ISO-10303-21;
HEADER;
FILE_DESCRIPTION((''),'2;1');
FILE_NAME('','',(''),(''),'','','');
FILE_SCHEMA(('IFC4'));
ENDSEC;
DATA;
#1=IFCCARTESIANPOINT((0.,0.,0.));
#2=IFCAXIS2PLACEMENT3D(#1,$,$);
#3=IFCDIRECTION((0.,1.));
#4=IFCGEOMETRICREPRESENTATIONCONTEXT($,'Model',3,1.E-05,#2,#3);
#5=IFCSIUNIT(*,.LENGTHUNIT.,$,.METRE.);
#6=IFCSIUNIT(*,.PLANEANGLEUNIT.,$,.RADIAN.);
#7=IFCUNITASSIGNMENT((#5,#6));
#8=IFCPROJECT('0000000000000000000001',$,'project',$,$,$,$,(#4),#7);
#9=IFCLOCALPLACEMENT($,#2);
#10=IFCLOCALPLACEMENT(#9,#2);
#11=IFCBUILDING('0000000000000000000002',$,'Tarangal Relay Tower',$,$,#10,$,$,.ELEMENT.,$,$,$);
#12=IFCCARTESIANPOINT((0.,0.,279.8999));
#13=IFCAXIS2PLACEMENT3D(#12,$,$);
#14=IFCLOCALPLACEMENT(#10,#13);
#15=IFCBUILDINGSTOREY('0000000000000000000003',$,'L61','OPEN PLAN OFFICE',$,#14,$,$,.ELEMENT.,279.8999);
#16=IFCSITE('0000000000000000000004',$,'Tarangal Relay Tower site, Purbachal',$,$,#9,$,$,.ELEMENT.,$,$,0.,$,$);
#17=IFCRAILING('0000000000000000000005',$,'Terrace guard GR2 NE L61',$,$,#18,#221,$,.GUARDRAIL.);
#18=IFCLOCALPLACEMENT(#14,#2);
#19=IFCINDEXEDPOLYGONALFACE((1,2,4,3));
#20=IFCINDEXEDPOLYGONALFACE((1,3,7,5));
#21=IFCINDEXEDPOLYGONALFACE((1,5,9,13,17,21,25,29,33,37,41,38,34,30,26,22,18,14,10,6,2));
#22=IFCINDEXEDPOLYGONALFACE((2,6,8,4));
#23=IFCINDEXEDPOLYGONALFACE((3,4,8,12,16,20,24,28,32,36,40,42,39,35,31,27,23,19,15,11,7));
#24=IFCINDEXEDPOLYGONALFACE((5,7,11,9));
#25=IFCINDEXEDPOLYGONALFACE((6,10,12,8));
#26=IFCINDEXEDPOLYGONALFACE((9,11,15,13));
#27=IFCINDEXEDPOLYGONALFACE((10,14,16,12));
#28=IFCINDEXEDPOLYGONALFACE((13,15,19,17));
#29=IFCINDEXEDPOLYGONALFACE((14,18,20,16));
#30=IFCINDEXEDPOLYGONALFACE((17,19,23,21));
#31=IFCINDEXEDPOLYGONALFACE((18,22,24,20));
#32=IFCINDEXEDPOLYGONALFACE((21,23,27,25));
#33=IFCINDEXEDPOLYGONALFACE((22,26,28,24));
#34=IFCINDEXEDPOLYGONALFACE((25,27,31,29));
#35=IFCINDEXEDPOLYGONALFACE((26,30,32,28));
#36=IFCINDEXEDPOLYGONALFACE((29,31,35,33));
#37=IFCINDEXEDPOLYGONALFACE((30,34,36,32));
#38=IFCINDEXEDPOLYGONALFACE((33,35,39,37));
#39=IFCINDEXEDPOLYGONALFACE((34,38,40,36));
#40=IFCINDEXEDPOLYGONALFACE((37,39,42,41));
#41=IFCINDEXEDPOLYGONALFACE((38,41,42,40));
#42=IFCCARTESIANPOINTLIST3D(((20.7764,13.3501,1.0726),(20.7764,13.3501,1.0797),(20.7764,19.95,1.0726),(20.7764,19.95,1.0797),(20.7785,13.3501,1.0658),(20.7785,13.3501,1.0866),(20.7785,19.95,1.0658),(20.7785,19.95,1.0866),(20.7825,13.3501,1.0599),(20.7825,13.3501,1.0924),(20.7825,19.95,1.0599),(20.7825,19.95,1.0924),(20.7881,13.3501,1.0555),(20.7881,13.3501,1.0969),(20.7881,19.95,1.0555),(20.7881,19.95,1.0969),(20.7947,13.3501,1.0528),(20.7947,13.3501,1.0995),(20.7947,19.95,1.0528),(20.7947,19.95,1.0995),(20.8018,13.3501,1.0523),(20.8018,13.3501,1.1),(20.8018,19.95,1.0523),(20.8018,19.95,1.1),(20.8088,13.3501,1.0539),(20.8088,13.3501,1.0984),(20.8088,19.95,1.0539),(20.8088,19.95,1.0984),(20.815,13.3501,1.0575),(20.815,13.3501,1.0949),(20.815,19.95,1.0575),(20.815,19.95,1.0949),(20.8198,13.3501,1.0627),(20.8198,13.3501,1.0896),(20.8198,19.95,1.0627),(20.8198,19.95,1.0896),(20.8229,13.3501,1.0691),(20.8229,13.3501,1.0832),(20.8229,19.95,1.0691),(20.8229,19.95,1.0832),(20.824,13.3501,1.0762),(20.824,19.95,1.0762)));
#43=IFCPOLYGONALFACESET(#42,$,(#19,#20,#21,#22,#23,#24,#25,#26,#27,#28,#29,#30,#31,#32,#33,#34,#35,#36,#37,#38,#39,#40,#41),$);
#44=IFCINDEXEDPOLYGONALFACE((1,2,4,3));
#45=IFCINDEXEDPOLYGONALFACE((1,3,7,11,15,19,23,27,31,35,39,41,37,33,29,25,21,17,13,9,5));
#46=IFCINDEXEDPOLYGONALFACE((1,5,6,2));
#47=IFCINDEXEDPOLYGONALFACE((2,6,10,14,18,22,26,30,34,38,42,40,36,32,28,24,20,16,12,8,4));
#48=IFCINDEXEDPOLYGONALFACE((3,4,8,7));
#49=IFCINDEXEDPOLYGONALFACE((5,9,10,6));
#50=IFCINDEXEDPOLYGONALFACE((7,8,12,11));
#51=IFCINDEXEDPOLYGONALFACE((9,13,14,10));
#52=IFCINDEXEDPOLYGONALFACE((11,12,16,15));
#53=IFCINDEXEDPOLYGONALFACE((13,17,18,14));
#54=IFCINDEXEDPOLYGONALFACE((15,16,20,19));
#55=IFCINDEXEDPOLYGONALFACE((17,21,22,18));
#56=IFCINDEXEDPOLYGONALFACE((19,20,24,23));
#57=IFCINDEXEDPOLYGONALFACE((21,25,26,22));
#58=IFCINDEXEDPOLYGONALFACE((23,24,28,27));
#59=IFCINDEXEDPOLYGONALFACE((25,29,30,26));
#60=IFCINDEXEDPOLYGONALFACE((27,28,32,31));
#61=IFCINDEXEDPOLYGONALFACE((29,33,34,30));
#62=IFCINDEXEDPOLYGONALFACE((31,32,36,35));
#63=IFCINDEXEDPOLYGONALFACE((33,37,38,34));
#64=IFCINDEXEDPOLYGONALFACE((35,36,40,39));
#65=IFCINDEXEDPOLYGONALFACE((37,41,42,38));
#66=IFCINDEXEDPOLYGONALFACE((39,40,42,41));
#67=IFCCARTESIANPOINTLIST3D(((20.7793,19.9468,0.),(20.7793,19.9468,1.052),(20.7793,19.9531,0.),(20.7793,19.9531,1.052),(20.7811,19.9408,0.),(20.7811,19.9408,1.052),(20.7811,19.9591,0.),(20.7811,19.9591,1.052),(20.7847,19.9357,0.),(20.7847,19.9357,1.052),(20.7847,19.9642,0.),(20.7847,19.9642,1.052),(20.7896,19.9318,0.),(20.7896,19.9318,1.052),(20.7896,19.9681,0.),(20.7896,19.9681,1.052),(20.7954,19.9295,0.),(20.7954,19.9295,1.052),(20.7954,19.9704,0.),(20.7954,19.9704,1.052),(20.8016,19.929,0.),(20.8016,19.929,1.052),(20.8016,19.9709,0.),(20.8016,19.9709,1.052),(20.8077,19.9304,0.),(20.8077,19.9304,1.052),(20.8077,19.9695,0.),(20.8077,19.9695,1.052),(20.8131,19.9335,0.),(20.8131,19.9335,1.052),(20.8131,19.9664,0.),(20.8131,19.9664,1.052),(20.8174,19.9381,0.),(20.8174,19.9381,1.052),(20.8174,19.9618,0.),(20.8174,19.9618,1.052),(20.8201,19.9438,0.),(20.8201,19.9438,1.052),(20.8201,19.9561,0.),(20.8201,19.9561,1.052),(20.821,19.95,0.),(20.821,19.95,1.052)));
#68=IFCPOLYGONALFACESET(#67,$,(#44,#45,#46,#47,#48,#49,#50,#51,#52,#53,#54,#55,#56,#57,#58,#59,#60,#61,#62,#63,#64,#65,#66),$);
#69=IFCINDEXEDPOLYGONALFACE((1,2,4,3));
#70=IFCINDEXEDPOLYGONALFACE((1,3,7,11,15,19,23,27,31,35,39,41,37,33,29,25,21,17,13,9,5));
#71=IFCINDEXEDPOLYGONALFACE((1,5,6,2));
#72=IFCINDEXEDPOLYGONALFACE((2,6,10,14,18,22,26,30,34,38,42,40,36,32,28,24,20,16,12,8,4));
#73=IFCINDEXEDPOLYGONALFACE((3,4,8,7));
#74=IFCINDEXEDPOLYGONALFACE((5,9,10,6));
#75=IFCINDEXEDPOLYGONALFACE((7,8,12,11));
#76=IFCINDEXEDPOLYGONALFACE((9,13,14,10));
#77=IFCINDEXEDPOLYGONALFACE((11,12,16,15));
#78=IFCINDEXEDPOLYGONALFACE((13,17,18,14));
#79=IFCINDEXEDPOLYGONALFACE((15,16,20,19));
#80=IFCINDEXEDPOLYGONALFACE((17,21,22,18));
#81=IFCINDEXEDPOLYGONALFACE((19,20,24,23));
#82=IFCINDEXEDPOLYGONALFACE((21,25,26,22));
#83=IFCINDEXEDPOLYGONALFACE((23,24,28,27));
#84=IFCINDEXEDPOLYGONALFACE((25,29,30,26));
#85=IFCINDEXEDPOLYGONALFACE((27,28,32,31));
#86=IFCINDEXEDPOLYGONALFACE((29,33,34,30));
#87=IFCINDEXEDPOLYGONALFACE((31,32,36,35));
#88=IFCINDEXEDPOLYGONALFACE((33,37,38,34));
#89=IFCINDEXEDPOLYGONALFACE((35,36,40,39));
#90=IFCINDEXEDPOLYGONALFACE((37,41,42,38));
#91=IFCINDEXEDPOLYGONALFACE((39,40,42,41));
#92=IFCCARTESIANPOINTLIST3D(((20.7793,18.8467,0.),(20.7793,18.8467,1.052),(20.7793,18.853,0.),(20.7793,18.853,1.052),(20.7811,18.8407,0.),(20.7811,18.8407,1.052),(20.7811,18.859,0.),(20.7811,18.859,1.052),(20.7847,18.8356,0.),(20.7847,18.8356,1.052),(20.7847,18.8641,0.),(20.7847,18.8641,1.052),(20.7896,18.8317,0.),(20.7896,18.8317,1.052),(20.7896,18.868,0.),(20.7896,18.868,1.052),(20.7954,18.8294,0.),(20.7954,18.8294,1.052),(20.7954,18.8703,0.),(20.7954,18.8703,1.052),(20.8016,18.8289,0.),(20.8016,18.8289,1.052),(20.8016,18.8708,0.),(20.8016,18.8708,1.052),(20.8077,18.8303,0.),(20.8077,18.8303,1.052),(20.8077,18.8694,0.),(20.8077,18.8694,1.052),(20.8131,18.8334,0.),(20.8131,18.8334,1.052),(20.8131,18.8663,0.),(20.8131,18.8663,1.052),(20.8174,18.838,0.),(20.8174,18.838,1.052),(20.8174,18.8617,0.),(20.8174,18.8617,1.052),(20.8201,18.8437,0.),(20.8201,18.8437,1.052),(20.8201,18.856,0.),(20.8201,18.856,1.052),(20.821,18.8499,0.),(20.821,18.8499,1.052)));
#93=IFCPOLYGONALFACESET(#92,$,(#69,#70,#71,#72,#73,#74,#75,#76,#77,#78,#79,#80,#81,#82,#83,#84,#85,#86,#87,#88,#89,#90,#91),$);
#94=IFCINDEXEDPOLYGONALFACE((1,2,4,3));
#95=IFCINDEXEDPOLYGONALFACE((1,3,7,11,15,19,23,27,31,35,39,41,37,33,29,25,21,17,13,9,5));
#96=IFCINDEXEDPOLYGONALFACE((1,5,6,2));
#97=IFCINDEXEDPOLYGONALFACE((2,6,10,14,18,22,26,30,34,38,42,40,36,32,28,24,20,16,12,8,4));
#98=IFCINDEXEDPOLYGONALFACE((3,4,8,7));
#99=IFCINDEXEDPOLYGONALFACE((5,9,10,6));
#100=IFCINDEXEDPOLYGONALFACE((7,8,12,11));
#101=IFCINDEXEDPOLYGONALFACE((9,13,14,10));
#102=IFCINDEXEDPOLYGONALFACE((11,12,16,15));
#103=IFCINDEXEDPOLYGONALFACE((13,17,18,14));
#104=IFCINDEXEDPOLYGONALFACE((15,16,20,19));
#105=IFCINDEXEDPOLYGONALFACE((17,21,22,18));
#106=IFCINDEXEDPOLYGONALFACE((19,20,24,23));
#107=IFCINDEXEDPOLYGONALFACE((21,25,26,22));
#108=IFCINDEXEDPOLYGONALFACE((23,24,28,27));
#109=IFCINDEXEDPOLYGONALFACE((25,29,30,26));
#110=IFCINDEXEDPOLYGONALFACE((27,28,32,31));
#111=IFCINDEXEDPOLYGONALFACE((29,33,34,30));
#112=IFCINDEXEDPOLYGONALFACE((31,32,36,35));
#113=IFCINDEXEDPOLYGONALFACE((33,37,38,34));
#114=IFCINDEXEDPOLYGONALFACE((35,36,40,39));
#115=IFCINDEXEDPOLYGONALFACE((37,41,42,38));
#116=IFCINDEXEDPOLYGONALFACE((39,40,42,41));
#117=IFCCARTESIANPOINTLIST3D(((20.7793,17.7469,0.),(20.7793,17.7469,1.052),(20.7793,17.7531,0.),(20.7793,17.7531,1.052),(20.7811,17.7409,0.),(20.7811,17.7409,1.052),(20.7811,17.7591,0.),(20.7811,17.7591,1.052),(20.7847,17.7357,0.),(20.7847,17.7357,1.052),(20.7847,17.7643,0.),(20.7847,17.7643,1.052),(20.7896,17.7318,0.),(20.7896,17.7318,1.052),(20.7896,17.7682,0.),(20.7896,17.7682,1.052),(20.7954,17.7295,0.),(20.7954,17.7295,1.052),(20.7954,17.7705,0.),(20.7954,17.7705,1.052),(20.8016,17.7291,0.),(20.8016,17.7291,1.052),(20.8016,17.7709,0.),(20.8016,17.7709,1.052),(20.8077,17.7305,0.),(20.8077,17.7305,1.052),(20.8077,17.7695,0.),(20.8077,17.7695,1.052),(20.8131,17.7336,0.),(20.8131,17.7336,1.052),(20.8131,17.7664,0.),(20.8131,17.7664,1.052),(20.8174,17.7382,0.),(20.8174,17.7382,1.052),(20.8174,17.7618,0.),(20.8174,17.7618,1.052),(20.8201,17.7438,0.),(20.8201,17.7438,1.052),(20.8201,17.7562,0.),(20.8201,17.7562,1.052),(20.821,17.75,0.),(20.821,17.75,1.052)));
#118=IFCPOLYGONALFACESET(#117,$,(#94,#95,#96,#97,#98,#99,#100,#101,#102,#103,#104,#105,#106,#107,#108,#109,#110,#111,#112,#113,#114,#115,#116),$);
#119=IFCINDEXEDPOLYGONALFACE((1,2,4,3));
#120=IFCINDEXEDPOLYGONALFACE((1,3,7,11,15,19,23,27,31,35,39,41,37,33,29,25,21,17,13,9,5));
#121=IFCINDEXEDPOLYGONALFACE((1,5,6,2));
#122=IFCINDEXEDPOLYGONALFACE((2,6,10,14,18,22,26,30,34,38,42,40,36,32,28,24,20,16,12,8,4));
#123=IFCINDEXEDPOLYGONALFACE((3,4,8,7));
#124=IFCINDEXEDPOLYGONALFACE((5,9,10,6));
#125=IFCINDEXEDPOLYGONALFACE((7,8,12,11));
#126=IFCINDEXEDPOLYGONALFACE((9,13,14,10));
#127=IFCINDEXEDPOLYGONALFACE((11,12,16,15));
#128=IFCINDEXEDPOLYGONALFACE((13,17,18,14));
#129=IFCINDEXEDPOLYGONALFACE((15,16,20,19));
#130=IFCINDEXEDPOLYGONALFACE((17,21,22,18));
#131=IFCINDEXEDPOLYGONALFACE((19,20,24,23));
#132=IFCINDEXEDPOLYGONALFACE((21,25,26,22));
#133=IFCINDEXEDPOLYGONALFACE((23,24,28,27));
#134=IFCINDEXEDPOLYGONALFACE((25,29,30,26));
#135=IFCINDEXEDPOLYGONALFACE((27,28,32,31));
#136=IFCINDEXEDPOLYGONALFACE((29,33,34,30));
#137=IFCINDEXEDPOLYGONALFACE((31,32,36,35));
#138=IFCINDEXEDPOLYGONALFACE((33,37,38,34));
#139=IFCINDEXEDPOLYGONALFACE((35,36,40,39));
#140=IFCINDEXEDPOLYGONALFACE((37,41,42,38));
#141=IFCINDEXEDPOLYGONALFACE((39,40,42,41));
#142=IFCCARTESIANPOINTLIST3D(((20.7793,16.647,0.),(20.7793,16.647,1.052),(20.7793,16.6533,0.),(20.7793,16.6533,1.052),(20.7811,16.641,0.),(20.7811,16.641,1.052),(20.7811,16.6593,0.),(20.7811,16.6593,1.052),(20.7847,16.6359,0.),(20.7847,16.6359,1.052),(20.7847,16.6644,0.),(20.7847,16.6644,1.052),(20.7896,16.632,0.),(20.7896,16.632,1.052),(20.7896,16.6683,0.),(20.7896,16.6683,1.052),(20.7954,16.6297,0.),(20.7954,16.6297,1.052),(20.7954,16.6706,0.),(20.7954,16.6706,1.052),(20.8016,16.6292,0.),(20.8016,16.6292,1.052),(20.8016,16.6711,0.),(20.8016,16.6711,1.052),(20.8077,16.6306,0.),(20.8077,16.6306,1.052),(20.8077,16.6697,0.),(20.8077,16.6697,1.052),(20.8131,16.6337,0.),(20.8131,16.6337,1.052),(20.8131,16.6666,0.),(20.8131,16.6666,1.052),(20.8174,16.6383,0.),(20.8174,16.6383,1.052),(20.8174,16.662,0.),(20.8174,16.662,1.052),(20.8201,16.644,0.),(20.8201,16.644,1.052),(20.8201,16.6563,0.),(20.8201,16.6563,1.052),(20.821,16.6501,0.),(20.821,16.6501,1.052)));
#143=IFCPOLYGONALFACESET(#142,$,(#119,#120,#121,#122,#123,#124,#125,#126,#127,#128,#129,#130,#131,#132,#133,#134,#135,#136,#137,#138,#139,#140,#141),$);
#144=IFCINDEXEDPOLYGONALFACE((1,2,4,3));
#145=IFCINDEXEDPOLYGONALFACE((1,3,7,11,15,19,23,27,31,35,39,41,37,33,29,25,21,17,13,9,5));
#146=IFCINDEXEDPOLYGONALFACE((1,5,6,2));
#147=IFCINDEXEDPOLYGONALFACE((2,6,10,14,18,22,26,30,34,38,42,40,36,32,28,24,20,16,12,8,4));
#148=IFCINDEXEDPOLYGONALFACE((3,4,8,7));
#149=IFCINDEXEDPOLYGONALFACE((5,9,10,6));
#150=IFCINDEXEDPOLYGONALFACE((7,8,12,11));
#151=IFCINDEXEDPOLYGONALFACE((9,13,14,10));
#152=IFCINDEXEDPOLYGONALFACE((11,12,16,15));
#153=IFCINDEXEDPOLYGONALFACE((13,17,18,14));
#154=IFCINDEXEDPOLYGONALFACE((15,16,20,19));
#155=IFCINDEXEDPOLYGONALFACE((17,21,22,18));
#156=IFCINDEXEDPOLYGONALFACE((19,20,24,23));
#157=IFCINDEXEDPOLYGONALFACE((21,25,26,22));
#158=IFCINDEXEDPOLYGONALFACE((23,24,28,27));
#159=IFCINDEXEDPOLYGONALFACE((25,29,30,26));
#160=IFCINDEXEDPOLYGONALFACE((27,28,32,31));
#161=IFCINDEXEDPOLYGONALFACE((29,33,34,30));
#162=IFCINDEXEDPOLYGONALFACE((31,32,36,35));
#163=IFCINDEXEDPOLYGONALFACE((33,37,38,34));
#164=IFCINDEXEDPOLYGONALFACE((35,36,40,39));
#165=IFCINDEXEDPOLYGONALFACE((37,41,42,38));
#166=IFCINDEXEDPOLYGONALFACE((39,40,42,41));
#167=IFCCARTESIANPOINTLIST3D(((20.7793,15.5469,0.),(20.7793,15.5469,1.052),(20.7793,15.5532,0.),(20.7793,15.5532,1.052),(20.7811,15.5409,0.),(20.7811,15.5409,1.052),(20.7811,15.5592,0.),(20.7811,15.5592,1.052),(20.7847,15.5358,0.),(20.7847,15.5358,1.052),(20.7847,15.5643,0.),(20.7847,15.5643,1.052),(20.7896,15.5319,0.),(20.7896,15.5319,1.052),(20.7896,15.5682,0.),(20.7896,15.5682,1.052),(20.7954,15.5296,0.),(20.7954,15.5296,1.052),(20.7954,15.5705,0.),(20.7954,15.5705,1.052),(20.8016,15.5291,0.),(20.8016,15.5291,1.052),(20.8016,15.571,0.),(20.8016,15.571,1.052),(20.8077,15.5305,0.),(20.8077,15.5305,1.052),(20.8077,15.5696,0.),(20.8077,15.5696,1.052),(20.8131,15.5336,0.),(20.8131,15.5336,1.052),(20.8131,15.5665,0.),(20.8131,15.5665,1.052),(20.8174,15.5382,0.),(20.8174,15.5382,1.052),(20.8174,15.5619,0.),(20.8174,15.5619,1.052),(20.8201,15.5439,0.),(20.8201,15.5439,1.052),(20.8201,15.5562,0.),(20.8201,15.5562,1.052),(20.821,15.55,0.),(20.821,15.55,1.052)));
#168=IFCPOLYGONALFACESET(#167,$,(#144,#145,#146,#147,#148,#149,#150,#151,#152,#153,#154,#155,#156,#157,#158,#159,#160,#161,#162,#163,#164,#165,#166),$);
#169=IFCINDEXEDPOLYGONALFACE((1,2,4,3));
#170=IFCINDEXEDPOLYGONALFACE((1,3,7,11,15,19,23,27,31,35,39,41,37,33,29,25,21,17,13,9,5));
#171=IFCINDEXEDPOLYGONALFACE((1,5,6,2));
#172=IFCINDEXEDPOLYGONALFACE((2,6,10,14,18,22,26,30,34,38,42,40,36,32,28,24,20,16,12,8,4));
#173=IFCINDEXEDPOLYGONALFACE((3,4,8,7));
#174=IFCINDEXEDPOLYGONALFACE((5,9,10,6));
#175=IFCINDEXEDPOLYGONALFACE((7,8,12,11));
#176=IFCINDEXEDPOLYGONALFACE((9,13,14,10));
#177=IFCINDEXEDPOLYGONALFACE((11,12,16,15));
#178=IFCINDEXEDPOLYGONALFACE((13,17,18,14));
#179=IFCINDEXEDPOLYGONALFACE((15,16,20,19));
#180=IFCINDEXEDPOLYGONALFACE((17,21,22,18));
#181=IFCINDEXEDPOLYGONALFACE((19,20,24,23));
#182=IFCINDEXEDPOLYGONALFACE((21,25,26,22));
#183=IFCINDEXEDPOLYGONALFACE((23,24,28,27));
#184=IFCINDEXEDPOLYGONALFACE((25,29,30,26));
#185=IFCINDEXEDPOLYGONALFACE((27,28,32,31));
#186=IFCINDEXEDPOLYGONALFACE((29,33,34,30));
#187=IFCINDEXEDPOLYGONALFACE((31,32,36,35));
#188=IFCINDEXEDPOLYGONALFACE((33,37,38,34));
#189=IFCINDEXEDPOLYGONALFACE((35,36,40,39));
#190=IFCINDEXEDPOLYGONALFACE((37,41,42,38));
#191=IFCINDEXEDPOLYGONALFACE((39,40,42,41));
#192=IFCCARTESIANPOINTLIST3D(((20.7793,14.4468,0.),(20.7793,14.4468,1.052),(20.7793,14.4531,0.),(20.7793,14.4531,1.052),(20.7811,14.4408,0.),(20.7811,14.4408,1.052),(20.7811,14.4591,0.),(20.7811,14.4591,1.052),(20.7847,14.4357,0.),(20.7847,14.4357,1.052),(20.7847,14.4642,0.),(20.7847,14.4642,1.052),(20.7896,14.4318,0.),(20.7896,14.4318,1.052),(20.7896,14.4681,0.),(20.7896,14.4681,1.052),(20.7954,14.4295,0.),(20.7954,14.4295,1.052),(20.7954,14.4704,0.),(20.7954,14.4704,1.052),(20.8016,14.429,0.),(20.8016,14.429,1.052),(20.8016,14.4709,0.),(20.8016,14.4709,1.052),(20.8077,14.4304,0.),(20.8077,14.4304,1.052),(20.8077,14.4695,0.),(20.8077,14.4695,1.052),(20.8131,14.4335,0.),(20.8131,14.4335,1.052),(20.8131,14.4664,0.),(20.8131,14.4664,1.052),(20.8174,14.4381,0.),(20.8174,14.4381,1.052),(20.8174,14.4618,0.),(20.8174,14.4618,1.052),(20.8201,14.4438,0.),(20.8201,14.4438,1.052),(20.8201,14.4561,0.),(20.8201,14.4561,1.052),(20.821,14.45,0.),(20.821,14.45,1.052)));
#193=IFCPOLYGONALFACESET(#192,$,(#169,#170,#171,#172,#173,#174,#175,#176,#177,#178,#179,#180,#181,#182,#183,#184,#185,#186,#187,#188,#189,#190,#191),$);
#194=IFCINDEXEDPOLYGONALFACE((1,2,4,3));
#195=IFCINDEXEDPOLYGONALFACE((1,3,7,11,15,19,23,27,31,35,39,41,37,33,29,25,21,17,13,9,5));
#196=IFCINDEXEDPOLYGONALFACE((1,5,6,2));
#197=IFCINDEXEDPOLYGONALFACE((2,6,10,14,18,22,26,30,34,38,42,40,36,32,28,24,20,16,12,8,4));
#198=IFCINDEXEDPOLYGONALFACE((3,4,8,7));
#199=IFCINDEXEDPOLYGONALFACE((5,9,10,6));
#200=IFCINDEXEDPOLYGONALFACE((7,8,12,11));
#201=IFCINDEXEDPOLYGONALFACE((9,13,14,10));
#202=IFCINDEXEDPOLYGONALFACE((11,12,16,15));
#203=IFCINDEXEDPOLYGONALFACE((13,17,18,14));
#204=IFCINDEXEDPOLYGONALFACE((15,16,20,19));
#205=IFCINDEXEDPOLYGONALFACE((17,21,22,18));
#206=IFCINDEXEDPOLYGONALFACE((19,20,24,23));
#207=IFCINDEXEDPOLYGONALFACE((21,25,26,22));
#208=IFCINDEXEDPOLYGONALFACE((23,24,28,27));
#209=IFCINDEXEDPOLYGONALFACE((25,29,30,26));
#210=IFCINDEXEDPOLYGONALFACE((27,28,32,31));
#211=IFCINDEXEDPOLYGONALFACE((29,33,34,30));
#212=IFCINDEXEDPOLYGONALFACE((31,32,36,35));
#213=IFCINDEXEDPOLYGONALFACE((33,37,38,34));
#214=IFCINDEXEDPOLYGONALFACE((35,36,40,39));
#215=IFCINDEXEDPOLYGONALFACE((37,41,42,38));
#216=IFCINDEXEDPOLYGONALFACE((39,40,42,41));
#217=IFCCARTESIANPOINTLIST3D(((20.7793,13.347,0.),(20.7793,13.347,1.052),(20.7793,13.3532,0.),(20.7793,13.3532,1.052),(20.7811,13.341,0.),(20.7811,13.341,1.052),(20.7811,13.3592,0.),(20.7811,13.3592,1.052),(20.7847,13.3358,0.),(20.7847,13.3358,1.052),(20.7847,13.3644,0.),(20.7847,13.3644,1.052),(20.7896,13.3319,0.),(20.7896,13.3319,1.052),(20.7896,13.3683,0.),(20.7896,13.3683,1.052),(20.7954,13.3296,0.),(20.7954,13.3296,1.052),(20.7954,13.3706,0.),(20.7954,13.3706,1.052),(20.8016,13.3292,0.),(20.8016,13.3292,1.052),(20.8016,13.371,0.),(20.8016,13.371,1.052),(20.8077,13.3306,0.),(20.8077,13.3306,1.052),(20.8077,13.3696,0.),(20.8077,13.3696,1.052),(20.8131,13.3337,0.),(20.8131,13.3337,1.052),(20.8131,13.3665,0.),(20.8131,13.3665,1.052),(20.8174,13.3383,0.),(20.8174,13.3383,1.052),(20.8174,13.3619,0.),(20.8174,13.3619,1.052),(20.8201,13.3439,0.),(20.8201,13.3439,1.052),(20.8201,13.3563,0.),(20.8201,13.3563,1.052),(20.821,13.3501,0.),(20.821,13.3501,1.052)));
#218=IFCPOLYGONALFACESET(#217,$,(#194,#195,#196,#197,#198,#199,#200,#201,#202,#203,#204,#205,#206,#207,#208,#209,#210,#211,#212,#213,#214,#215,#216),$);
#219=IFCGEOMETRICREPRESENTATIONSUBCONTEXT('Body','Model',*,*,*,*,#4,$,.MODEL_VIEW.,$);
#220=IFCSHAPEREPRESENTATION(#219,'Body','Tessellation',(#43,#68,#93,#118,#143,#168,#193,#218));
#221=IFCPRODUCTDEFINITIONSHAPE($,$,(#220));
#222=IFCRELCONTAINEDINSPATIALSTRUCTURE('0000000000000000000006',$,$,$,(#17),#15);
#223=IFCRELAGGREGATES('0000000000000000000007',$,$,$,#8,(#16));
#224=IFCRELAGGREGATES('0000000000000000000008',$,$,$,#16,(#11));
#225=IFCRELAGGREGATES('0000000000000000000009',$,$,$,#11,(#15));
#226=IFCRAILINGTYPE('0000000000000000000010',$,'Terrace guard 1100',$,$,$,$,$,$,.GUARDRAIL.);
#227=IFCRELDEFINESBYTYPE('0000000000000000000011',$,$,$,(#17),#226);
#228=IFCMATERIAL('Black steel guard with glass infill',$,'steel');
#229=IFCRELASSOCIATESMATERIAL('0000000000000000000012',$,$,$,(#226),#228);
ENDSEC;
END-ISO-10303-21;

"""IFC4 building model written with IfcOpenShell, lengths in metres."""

from ifc_helpers import new_model, si_unit, direction, frame, origin, origin_2d, place, context, subcontext, project, spatial, circle, extrude, material, type_object, element, save


model = new_model("IFC4")

# Units and contexts
model_context = context("Model", 3, precision=1e-05, world=origin(), true_north=direction((0.0, 1.0)))
body_context = subcontext(model_context, "Body", "Model", "MODEL_VIEW")
ifc_project = project(units=[si_unit("LENGTHUNIT", "METRE"), si_unit("PLANEANGLEUNIT", "RADIAN")], contexts=[model_context])

# Site, building, storey
site_placement = place(None, origin())
site = spatial("IfcSite", under=ifc_project, at=site_placement, Name="Tarangal Relay Tower site, Purbachal", CompositionType="ELEMENT", RefElevation=0.0)
building_placement = place(site_placement, origin())
building = spatial("IfcBuilding", under=site, at=building_placement, Name="Tarangal Relay Tower", CompositionType="ELEMENT")
storey_placement = place(building_placement, frame((0.0, 0.0, 279.8999)))
storey = spatial("IfcBuildingStorey", under=building, at=storey_placement, Name="L61", Description="OPEN PLAN OFFICE", CompositionType="ELEMENT", Elevation=279.8999)

# Railing
ifc_material_1 = material(Name="Black steel guard with glass infill", Category="steel")
railing_type = type_object("IfcRailingType", Name="Terrace guard 1100", PredefinedType="GUARDRAIL", material=ifc_material_1)
railing_1_placement = place(storey_placement, frame((20.8, 19.95, 0.0)))
element("IfcRailing", 1, at=railing_1_placement, inside=storey, type_object=railing_type, Name="Terrace guard GR2 NE L61", PredefinedType="GUARDRAIL", context=body_context, shape_type="SweptSolid", body=[
    extrude(circle(Radius=0.0239, at=origin_2d()), frame((0.0, 0.0, 1.0762), z_axis=(0.0, -1.0, 0.0), x_axis=(1.0, 0.0, 0.0)), (0.0, 0.0, 1.0), 6.5999),
    extrude(circle(Radius=0.021, at=origin_2d()), origin(), (0.0, 0.0, 1.0), 1.052),
    extrude(circle(Radius=0.021, at=origin_2d()), frame((0.0, -1.1001, 0.0)), (0.0, 0.0, 1.0), 1.052),
    extrude(circle(Radius=0.021, at=origin_2d()), frame((0.0, -2.2, 0.0)), (0.0, 0.0, 1.0), 1.052),
    extrude(circle(Radius=0.021, at=origin_2d()), frame((0.0, -3.2998, 0.0)), (0.0, 0.0, 1.0), 1.052),
    extrude(circle(Radius=0.021, at=origin_2d()), frame((0.0, -4.3999, 0.0)), (0.0, 0.0, 1.0), 1.052),
    extrude(circle(Radius=0.021, at=origin_2d()), frame((0.0, -5.5, 0.0)), (0.0, 0.0, 1.0), 1.052),
    extrude(circle(Radius=0.021, at=origin_2d()), frame((0.0, -6.5999, 0.0)), (0.0, 0.0, 1.0), 1.052),
])

save(model, "model.ifc")
